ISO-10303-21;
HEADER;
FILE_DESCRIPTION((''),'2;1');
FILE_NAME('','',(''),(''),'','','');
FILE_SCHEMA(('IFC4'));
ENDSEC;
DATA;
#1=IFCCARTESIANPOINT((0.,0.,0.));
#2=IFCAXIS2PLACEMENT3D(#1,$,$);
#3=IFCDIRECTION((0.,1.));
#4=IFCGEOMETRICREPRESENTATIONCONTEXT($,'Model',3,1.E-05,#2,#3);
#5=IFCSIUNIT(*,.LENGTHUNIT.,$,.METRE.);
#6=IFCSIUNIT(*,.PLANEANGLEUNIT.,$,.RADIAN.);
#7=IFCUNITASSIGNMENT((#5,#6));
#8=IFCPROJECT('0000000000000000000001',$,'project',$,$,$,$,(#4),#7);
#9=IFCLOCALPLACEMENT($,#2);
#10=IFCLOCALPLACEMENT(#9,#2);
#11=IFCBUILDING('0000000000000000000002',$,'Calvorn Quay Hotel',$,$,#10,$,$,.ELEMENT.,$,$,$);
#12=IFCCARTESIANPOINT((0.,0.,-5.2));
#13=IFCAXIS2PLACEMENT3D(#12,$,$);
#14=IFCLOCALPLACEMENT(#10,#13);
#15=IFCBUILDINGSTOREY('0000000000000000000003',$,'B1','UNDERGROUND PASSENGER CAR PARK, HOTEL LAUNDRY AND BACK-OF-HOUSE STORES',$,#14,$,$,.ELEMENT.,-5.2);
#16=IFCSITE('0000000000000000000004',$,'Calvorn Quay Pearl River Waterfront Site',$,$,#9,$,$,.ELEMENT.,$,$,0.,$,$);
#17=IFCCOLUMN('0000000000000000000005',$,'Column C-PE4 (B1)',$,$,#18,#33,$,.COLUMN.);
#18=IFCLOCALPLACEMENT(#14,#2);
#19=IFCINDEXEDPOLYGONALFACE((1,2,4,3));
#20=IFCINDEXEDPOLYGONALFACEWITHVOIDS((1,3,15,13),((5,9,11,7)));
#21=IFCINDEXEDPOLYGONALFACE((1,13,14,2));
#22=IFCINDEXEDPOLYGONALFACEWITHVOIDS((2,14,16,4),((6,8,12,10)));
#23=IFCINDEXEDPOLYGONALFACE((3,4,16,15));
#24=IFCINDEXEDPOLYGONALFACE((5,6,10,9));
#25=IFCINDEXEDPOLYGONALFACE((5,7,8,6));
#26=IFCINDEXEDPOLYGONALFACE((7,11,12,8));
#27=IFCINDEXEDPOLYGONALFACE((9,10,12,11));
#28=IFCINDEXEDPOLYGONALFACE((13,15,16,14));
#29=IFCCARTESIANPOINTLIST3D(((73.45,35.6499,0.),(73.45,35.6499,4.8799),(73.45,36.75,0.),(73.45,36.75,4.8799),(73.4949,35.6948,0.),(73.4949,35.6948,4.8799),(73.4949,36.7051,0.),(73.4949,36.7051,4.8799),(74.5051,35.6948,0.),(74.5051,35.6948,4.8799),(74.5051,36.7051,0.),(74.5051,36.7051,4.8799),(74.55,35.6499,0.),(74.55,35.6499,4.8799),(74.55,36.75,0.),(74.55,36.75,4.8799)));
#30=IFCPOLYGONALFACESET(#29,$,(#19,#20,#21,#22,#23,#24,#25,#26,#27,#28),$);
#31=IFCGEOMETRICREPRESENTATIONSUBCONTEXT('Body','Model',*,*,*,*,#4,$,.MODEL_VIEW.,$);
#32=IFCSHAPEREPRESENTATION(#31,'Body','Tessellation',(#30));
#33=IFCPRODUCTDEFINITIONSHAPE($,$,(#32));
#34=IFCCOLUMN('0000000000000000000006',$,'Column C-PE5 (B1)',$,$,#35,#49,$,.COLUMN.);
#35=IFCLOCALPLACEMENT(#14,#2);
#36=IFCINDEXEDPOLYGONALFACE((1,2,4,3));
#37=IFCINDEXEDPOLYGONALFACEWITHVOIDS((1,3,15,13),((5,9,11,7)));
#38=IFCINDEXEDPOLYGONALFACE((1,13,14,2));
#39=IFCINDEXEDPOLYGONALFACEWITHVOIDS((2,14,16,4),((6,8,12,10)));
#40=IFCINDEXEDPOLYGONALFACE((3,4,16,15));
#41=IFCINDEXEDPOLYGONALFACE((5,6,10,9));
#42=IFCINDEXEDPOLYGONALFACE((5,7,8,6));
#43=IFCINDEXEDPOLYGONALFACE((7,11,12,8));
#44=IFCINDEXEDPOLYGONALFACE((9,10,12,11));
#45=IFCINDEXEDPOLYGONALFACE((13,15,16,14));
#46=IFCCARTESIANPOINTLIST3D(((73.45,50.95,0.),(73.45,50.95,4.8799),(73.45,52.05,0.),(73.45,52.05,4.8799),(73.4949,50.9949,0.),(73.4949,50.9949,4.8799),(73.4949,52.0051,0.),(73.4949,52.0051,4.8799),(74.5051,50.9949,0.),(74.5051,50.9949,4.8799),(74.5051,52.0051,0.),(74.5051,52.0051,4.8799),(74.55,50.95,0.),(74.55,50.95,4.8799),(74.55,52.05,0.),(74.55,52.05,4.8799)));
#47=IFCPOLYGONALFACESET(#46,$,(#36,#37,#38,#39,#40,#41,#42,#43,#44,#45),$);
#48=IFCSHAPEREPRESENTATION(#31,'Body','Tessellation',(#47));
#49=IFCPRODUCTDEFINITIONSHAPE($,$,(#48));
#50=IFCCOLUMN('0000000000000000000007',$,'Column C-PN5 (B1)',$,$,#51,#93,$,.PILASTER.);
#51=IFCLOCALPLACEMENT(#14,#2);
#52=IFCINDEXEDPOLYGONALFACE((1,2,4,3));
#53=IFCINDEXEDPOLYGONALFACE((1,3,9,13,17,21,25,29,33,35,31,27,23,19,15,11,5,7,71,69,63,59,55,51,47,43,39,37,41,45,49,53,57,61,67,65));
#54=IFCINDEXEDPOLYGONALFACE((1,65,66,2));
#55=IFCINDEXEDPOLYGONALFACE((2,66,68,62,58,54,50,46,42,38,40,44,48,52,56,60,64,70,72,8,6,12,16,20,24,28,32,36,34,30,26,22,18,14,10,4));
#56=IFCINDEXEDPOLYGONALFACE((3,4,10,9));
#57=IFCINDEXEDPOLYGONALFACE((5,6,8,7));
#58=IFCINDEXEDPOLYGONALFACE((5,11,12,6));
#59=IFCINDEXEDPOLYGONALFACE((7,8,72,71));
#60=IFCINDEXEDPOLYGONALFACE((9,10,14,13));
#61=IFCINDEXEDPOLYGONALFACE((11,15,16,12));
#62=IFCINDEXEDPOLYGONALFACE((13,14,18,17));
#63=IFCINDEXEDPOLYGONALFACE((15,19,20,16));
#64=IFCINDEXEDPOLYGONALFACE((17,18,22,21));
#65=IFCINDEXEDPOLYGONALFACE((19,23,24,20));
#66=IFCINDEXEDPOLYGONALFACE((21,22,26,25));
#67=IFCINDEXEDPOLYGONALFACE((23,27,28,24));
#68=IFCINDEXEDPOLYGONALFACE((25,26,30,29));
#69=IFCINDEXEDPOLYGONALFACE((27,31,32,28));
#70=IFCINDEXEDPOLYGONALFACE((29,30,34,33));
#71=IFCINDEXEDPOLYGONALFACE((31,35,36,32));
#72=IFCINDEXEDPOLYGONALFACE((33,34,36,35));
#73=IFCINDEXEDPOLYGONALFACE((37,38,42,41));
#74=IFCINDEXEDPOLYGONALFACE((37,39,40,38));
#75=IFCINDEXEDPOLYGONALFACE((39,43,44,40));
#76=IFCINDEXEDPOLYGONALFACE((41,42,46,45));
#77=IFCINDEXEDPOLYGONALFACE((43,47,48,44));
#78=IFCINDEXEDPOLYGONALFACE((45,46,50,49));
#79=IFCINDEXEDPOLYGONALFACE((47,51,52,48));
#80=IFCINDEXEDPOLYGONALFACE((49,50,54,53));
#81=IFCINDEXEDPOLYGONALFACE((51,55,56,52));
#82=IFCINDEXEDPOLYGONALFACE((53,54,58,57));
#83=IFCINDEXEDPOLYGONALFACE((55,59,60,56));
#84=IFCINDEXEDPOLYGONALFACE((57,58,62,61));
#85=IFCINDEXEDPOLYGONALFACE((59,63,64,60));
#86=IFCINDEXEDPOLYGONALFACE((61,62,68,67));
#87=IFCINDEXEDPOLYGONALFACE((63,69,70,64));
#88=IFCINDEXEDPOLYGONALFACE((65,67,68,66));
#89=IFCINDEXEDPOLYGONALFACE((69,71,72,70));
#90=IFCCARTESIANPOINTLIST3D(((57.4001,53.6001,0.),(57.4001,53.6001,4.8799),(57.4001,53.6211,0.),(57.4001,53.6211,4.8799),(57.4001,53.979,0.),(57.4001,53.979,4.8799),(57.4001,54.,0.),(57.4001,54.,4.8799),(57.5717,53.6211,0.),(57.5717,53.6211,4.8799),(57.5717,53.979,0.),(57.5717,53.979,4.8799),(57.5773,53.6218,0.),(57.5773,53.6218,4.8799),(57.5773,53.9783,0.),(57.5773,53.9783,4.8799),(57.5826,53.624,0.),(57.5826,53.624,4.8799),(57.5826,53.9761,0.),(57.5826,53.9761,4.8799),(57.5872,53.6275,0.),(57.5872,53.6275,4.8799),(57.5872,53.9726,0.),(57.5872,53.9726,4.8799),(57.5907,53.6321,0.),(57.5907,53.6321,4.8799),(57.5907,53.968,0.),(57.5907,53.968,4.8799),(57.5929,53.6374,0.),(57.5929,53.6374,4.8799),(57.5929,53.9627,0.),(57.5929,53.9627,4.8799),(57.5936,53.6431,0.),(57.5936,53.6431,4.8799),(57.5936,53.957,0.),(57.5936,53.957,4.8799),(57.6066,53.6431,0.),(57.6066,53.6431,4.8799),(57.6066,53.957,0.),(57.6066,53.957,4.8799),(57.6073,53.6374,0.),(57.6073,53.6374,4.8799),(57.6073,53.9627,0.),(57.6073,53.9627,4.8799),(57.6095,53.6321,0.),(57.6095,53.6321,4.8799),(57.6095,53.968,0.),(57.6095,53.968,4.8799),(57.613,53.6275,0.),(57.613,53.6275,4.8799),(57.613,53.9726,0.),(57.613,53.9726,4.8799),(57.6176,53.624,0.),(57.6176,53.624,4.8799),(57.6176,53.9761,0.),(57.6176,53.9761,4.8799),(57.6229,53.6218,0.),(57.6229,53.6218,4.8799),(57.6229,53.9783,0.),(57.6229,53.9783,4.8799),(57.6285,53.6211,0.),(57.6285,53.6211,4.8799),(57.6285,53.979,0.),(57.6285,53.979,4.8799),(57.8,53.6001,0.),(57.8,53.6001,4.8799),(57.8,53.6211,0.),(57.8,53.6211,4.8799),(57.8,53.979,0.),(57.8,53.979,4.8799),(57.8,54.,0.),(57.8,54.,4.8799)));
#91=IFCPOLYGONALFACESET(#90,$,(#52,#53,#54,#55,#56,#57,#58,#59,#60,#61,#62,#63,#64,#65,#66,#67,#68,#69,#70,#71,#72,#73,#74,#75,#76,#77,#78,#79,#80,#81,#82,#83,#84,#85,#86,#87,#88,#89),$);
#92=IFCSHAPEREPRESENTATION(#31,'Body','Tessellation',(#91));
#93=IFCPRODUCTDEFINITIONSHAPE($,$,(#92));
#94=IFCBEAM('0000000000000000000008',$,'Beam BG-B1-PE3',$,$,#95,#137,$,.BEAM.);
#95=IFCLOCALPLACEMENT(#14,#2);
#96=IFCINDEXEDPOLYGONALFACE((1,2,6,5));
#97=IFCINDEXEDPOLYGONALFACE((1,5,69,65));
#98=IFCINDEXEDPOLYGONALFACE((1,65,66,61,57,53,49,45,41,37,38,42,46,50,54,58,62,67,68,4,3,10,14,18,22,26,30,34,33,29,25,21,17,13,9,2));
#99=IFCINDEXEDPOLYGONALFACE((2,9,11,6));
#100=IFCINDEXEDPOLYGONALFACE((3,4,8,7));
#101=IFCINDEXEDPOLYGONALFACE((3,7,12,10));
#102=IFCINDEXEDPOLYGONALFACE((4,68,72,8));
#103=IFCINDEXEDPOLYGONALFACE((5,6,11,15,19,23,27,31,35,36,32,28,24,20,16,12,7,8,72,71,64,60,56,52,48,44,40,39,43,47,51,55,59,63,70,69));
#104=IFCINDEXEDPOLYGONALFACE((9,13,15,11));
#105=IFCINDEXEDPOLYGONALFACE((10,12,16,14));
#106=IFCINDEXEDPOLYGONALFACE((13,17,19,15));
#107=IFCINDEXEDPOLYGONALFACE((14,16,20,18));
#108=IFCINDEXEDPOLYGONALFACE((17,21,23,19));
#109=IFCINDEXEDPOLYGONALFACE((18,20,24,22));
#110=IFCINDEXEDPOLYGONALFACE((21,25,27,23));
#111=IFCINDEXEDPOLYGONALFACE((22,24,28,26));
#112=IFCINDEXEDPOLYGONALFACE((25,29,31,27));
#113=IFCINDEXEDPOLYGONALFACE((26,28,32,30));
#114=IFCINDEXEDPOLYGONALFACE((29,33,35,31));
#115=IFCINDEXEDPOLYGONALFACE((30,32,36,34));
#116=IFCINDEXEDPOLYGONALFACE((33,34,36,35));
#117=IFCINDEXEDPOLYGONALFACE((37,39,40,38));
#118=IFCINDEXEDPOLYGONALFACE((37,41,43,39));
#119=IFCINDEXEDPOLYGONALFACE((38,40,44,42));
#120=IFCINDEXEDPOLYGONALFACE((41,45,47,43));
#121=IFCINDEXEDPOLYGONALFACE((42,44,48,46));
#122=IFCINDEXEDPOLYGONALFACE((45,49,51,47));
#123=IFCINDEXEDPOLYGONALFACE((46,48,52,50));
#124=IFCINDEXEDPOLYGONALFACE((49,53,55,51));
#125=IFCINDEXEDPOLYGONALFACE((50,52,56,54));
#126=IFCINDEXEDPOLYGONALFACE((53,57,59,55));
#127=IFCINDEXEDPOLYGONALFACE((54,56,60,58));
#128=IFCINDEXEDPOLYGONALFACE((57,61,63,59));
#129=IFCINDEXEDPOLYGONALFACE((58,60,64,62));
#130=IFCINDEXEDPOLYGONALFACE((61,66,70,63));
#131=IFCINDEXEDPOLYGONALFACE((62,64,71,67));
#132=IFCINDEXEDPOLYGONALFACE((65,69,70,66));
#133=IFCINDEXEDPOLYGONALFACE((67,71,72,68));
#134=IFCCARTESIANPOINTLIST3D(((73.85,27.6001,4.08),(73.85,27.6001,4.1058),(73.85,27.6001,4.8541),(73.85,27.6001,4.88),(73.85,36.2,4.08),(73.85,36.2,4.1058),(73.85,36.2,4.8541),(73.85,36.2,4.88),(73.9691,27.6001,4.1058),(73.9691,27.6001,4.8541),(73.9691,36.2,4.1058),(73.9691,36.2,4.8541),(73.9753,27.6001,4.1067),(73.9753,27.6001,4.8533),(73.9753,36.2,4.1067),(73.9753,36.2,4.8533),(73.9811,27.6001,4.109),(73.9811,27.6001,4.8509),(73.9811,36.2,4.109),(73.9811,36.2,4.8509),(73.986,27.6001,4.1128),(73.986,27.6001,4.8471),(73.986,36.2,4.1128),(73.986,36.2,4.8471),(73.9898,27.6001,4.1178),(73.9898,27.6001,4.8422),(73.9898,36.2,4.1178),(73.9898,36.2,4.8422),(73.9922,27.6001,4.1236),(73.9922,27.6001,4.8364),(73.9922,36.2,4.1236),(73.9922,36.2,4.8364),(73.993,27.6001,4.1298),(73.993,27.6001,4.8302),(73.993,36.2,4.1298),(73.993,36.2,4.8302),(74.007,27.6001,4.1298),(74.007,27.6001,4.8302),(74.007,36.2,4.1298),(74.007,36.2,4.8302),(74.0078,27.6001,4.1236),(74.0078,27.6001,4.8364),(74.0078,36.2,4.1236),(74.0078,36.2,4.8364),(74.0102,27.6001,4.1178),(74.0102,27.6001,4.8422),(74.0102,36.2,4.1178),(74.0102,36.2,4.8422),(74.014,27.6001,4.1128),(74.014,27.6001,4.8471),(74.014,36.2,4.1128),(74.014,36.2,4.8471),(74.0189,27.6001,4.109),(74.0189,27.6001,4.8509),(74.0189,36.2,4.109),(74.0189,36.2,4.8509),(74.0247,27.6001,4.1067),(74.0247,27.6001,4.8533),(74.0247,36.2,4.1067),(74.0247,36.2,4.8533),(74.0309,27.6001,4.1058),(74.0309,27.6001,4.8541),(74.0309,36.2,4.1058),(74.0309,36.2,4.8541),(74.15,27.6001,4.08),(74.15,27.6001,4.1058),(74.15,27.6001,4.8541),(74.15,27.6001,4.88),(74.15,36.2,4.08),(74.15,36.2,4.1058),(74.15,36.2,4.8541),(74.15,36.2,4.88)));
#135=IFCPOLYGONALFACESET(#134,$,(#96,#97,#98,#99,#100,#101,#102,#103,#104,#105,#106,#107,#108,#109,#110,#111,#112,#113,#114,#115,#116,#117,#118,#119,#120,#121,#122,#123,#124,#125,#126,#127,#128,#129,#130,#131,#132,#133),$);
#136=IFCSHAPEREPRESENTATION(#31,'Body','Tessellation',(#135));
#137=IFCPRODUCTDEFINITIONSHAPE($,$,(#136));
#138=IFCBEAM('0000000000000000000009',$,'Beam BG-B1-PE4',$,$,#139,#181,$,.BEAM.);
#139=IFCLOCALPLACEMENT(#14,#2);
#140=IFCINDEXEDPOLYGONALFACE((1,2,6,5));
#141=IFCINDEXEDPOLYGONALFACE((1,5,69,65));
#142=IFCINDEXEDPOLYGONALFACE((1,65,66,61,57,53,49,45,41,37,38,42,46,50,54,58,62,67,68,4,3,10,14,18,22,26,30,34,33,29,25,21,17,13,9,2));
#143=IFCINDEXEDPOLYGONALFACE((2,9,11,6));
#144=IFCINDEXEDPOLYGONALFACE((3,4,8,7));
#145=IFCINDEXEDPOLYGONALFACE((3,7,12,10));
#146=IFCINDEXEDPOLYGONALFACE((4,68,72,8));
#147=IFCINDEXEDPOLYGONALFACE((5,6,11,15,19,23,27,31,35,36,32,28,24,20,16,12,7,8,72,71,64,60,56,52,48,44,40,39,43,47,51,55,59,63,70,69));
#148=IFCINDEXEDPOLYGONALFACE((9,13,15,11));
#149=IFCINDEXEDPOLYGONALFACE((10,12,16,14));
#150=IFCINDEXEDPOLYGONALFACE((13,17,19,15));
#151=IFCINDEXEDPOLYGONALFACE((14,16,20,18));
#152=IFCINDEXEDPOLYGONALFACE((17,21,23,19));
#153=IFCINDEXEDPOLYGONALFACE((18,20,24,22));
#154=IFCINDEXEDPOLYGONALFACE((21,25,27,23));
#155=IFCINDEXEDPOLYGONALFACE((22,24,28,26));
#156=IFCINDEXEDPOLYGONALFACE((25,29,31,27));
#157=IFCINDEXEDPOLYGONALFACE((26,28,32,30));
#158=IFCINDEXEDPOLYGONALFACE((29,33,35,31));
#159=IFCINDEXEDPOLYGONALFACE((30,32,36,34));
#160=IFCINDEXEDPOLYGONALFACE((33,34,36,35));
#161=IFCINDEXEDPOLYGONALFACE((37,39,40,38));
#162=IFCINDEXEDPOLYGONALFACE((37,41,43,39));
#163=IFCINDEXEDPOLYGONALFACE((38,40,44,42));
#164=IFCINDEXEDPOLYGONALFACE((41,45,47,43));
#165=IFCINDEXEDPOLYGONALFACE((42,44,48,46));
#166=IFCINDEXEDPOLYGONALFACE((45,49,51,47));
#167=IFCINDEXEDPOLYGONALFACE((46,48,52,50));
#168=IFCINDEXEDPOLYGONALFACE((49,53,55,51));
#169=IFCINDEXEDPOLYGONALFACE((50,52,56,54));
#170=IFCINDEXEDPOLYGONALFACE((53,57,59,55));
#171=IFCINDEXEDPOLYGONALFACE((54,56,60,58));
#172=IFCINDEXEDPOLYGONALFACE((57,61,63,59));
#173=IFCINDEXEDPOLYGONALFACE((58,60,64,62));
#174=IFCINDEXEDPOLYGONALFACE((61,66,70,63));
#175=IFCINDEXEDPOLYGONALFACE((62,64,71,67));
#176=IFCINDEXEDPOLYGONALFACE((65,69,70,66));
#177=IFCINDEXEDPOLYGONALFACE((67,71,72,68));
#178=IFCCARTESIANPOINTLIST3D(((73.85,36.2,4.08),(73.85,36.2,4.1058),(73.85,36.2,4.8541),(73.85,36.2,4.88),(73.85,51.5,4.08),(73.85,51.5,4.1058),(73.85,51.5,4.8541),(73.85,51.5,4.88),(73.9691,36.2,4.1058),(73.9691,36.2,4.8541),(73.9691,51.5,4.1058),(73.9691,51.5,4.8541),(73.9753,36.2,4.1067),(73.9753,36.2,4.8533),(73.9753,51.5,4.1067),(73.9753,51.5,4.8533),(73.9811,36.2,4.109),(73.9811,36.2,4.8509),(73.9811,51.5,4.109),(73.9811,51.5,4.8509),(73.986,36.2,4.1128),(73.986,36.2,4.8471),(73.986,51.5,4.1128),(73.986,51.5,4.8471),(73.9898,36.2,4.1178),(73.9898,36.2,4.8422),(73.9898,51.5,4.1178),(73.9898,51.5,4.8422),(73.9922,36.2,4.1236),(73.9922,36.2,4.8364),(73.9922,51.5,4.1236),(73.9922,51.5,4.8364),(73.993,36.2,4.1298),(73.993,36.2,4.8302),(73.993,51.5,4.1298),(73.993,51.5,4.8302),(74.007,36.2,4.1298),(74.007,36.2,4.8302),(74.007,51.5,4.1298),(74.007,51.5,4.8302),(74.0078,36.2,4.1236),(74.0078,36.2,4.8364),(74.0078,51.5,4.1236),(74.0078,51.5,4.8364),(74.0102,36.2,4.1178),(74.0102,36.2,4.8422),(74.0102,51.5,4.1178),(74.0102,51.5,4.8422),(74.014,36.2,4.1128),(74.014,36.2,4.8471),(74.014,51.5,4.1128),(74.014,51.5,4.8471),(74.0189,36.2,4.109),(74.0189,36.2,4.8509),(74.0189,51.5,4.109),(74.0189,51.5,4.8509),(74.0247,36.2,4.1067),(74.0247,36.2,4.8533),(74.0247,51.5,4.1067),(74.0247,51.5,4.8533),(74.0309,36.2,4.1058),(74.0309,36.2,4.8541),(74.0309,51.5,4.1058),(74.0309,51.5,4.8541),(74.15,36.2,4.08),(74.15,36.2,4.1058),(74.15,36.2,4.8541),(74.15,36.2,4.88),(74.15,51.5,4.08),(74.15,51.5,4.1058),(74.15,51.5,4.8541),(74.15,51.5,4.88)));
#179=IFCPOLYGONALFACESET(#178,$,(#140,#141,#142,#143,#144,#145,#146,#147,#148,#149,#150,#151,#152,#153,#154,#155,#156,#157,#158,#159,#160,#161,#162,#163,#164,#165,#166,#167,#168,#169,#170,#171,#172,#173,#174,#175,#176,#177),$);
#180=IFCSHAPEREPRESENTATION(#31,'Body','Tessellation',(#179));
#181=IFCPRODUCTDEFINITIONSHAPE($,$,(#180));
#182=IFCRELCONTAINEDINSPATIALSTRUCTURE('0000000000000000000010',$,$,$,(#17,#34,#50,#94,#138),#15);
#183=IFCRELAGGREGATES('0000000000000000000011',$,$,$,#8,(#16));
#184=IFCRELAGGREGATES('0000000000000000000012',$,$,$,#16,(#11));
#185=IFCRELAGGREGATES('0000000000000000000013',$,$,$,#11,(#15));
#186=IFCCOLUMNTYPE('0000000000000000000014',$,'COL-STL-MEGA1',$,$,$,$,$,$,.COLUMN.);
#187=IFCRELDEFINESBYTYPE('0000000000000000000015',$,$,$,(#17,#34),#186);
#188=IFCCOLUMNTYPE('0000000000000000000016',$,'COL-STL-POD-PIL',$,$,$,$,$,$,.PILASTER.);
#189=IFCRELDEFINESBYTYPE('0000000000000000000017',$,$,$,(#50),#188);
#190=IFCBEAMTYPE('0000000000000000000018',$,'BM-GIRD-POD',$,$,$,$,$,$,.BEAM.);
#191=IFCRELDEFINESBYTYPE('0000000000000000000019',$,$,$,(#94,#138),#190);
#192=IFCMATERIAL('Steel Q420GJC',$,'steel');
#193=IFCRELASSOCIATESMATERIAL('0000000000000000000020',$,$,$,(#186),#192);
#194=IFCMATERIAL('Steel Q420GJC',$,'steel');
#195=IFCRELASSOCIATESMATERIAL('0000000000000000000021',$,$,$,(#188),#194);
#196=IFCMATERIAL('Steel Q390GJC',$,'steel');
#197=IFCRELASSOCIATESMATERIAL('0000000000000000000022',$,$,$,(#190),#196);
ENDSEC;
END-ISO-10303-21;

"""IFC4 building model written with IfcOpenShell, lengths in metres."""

from ifc_helpers import new_model, si_unit, direction, frame, origin, origin_2d, place, context, subcontext, project, spatial, hollow_rectangle, i_section, extrude, material, material_profile, profile_set, type_object, element, save


model = new_model("IFC4")

# Units and contexts
model_context = context("Model", 3, precision=1e-05, world=origin(), true_north=direction((0.0, 1.0)))
body_context = subcontext(model_context, "Body", "Model", "MODEL_VIEW")
ifc_project = project(units=[si_unit("LENGTHUNIT", "METRE"), si_unit("PLANEANGLEUNIT", "RADIAN")], contexts=[model_context])

# Site, building, storey
site_placement = place(None, origin())
site = spatial("IfcSite", under=ifc_project, at=site_placement, Name="Calvorn Quay Pearl River Waterfront Site", CompositionType="ELEMENT", RefElevation=0.0)
building_placement = place(site_placement, origin())
building = spatial("IfcBuilding", under=site, at=building_placement, Name="Calvorn Quay Hotel", CompositionType="ELEMENT")
storey_placement = place(building_placement, frame((0.0, 0.0, -5.2)))
storey = spatial("IfcBuildingStorey", under=building, at=storey_placement, Name="B1", Description="UNDERGROUND PASSENGER CAR PARK, HOTEL LAUNDRY AND BACK-OF-HOUSE STORES", CompositionType="ELEMENT", Elevation=-5.2)

# Columns
ifc_material_1 = material(Name="Steel Q420GJC", Category="steel")
ifc_material_profile_1 = material_profile(ifc_material_1, hollow_rectangle(XDim=1.1001, YDim=1.1001, WallThickness=0.0449, at=origin_2d()), Name="BOX1100x1100x45")
ifc_profile_set_1 = profile_set([ifc_material_profile_1], Name="Steel Q420GJC")
column_type_1 = type_object("IfcColumnType", Name="COL-STL-MEGA1", PredefinedType="COLUMN", material=ifc_profile_set_1)
for number, where, z_axis, x_axis, name in (
    (1, (74.0, 36.2, 0.0), (0.0, 0.0, 1.0), (1.0, 0.0, 0.0), "Column C-PE4 (B1)"),
    (2, (74.0, 51.5, 0.0), (0.0, 0.0, 1.0), (1.0, 0.0, 0.0), "Column C-PE5 (B1)"),
):
    element("IfcColumn", number, at=place(storey_placement, frame(where, z_axis=z_axis, x_axis=x_axis)), inside=storey, type_object=column_type_1, Name=name, PredefinedType="COLUMN", context=body_context, shape_type="SweptSolid", body=[
        extrude(hollow_rectangle(XDim=1.1001, YDim=1.1001, WallThickness=0.0449, at=origin_2d()), origin(), (0.0, 0.0, 1.0), 4.8799),
    ])
ifc_material_2 = material(Name="Steel Q420GJC", Category="steel")
ifc_material_profile_2 = material_profile(ifc_material_2, i_section(OverallWidth=0.3999, OverallDepth=0.3999, WebThickness=0.0129, FlangeThickness=0.021, FilletRadius=0.022, at=origin_2d()), Name="HW400x400x13x21")
ifc_profile_set_2 = profile_set([ifc_material_profile_2], Name="Steel Q420GJC")
column_type_2 = type_object("IfcColumnType", Name="COL-STL-POD-PIL", PredefinedType="PILASTER", material=ifc_profile_set_2)
column_1_placement = place(storey_placement, frame((57.6001, 53.8, 0.0), z_axis=(0.0, 0.0, 1.0), x_axis=(1.0, 0.0, 0.0)))
element("IfcColumn", 3, at=column_1_placement, inside=storey, type_object=column_type_2, Name="Column C-PN5 (B1)", PredefinedType="PILASTER", context=body_context, shape_type="SweptSolid", body=[
    extrude(i_section(OverallWidth=0.3999, OverallDepth=0.3999, WebThickness=0.0129, FlangeThickness=0.021, FilletRadius=0.022, at=origin_2d()), origin(), (0.0, 0.0, 1.0), 4.8799),
])

# Beams
ifc_material_3 = material(Name="Steel Q390GJC", Category="steel")
ifc_material_profile_3 = material_profile(ifc_material_3, i_section(OverallWidth=0.3, OverallDepth=0.8, WebThickness=0.0139, FlangeThickness=0.0259, FilletRadius=0.0239, at=origin_2d()), Name="HN800x300x14x26")
ifc_profile_set_3 = profile_set([ifc_material_profile_3], Name="Steel Q390GJC")
beam_type = type_object("IfcBeamType", Name="BM-GIRD-POD", PredefinedType="BEAM", material=ifc_profile_set_3)
beam_1_placement = place(storey_placement, frame((74.0, 27.6001, 4.48), z_axis=(0.0, 1.0, 0.0), x_axis=(-1.0, 0.0, 0.0)))
element("IfcBeam", 4, at=beam_1_placement, inside=storey, type_object=beam_type, Name="Beam BG-B1-PE3", PredefinedType="BEAM", context=body_context, shape_type="SweptSolid", body=[
    extrude(i_section(OverallWidth=0.3, OverallDepth=0.8, WebThickness=0.0139, FlangeThickness=0.0259, FilletRadius=0.0239, at=origin_2d()), origin(), (0.0, 0.0, 1.0), 8.5999),
])
beam_2_placement = place(storey_placement, frame((74.0, 36.2, 4.48), z_axis=(0.0, 1.0, 0.0), x_axis=(-1.0, 0.0, 0.0)))
element("IfcBeam", 5, at=beam_2_placement, inside=storey, type_object=beam_type, Name="Beam BG-B1-PE4", PredefinedType="BEAM", context=body_context, shape_type="SweptSolid", body=[
    extrude(i_section(OverallWidth=0.3, OverallDepth=0.8, WebThickness=0.0139, FlangeThickness=0.0259, FilletRadius=0.0239, at=origin_2d()), origin(), (0.0, 0.0, 1.0), 15.3),
])

save(model, "model.ifc")
